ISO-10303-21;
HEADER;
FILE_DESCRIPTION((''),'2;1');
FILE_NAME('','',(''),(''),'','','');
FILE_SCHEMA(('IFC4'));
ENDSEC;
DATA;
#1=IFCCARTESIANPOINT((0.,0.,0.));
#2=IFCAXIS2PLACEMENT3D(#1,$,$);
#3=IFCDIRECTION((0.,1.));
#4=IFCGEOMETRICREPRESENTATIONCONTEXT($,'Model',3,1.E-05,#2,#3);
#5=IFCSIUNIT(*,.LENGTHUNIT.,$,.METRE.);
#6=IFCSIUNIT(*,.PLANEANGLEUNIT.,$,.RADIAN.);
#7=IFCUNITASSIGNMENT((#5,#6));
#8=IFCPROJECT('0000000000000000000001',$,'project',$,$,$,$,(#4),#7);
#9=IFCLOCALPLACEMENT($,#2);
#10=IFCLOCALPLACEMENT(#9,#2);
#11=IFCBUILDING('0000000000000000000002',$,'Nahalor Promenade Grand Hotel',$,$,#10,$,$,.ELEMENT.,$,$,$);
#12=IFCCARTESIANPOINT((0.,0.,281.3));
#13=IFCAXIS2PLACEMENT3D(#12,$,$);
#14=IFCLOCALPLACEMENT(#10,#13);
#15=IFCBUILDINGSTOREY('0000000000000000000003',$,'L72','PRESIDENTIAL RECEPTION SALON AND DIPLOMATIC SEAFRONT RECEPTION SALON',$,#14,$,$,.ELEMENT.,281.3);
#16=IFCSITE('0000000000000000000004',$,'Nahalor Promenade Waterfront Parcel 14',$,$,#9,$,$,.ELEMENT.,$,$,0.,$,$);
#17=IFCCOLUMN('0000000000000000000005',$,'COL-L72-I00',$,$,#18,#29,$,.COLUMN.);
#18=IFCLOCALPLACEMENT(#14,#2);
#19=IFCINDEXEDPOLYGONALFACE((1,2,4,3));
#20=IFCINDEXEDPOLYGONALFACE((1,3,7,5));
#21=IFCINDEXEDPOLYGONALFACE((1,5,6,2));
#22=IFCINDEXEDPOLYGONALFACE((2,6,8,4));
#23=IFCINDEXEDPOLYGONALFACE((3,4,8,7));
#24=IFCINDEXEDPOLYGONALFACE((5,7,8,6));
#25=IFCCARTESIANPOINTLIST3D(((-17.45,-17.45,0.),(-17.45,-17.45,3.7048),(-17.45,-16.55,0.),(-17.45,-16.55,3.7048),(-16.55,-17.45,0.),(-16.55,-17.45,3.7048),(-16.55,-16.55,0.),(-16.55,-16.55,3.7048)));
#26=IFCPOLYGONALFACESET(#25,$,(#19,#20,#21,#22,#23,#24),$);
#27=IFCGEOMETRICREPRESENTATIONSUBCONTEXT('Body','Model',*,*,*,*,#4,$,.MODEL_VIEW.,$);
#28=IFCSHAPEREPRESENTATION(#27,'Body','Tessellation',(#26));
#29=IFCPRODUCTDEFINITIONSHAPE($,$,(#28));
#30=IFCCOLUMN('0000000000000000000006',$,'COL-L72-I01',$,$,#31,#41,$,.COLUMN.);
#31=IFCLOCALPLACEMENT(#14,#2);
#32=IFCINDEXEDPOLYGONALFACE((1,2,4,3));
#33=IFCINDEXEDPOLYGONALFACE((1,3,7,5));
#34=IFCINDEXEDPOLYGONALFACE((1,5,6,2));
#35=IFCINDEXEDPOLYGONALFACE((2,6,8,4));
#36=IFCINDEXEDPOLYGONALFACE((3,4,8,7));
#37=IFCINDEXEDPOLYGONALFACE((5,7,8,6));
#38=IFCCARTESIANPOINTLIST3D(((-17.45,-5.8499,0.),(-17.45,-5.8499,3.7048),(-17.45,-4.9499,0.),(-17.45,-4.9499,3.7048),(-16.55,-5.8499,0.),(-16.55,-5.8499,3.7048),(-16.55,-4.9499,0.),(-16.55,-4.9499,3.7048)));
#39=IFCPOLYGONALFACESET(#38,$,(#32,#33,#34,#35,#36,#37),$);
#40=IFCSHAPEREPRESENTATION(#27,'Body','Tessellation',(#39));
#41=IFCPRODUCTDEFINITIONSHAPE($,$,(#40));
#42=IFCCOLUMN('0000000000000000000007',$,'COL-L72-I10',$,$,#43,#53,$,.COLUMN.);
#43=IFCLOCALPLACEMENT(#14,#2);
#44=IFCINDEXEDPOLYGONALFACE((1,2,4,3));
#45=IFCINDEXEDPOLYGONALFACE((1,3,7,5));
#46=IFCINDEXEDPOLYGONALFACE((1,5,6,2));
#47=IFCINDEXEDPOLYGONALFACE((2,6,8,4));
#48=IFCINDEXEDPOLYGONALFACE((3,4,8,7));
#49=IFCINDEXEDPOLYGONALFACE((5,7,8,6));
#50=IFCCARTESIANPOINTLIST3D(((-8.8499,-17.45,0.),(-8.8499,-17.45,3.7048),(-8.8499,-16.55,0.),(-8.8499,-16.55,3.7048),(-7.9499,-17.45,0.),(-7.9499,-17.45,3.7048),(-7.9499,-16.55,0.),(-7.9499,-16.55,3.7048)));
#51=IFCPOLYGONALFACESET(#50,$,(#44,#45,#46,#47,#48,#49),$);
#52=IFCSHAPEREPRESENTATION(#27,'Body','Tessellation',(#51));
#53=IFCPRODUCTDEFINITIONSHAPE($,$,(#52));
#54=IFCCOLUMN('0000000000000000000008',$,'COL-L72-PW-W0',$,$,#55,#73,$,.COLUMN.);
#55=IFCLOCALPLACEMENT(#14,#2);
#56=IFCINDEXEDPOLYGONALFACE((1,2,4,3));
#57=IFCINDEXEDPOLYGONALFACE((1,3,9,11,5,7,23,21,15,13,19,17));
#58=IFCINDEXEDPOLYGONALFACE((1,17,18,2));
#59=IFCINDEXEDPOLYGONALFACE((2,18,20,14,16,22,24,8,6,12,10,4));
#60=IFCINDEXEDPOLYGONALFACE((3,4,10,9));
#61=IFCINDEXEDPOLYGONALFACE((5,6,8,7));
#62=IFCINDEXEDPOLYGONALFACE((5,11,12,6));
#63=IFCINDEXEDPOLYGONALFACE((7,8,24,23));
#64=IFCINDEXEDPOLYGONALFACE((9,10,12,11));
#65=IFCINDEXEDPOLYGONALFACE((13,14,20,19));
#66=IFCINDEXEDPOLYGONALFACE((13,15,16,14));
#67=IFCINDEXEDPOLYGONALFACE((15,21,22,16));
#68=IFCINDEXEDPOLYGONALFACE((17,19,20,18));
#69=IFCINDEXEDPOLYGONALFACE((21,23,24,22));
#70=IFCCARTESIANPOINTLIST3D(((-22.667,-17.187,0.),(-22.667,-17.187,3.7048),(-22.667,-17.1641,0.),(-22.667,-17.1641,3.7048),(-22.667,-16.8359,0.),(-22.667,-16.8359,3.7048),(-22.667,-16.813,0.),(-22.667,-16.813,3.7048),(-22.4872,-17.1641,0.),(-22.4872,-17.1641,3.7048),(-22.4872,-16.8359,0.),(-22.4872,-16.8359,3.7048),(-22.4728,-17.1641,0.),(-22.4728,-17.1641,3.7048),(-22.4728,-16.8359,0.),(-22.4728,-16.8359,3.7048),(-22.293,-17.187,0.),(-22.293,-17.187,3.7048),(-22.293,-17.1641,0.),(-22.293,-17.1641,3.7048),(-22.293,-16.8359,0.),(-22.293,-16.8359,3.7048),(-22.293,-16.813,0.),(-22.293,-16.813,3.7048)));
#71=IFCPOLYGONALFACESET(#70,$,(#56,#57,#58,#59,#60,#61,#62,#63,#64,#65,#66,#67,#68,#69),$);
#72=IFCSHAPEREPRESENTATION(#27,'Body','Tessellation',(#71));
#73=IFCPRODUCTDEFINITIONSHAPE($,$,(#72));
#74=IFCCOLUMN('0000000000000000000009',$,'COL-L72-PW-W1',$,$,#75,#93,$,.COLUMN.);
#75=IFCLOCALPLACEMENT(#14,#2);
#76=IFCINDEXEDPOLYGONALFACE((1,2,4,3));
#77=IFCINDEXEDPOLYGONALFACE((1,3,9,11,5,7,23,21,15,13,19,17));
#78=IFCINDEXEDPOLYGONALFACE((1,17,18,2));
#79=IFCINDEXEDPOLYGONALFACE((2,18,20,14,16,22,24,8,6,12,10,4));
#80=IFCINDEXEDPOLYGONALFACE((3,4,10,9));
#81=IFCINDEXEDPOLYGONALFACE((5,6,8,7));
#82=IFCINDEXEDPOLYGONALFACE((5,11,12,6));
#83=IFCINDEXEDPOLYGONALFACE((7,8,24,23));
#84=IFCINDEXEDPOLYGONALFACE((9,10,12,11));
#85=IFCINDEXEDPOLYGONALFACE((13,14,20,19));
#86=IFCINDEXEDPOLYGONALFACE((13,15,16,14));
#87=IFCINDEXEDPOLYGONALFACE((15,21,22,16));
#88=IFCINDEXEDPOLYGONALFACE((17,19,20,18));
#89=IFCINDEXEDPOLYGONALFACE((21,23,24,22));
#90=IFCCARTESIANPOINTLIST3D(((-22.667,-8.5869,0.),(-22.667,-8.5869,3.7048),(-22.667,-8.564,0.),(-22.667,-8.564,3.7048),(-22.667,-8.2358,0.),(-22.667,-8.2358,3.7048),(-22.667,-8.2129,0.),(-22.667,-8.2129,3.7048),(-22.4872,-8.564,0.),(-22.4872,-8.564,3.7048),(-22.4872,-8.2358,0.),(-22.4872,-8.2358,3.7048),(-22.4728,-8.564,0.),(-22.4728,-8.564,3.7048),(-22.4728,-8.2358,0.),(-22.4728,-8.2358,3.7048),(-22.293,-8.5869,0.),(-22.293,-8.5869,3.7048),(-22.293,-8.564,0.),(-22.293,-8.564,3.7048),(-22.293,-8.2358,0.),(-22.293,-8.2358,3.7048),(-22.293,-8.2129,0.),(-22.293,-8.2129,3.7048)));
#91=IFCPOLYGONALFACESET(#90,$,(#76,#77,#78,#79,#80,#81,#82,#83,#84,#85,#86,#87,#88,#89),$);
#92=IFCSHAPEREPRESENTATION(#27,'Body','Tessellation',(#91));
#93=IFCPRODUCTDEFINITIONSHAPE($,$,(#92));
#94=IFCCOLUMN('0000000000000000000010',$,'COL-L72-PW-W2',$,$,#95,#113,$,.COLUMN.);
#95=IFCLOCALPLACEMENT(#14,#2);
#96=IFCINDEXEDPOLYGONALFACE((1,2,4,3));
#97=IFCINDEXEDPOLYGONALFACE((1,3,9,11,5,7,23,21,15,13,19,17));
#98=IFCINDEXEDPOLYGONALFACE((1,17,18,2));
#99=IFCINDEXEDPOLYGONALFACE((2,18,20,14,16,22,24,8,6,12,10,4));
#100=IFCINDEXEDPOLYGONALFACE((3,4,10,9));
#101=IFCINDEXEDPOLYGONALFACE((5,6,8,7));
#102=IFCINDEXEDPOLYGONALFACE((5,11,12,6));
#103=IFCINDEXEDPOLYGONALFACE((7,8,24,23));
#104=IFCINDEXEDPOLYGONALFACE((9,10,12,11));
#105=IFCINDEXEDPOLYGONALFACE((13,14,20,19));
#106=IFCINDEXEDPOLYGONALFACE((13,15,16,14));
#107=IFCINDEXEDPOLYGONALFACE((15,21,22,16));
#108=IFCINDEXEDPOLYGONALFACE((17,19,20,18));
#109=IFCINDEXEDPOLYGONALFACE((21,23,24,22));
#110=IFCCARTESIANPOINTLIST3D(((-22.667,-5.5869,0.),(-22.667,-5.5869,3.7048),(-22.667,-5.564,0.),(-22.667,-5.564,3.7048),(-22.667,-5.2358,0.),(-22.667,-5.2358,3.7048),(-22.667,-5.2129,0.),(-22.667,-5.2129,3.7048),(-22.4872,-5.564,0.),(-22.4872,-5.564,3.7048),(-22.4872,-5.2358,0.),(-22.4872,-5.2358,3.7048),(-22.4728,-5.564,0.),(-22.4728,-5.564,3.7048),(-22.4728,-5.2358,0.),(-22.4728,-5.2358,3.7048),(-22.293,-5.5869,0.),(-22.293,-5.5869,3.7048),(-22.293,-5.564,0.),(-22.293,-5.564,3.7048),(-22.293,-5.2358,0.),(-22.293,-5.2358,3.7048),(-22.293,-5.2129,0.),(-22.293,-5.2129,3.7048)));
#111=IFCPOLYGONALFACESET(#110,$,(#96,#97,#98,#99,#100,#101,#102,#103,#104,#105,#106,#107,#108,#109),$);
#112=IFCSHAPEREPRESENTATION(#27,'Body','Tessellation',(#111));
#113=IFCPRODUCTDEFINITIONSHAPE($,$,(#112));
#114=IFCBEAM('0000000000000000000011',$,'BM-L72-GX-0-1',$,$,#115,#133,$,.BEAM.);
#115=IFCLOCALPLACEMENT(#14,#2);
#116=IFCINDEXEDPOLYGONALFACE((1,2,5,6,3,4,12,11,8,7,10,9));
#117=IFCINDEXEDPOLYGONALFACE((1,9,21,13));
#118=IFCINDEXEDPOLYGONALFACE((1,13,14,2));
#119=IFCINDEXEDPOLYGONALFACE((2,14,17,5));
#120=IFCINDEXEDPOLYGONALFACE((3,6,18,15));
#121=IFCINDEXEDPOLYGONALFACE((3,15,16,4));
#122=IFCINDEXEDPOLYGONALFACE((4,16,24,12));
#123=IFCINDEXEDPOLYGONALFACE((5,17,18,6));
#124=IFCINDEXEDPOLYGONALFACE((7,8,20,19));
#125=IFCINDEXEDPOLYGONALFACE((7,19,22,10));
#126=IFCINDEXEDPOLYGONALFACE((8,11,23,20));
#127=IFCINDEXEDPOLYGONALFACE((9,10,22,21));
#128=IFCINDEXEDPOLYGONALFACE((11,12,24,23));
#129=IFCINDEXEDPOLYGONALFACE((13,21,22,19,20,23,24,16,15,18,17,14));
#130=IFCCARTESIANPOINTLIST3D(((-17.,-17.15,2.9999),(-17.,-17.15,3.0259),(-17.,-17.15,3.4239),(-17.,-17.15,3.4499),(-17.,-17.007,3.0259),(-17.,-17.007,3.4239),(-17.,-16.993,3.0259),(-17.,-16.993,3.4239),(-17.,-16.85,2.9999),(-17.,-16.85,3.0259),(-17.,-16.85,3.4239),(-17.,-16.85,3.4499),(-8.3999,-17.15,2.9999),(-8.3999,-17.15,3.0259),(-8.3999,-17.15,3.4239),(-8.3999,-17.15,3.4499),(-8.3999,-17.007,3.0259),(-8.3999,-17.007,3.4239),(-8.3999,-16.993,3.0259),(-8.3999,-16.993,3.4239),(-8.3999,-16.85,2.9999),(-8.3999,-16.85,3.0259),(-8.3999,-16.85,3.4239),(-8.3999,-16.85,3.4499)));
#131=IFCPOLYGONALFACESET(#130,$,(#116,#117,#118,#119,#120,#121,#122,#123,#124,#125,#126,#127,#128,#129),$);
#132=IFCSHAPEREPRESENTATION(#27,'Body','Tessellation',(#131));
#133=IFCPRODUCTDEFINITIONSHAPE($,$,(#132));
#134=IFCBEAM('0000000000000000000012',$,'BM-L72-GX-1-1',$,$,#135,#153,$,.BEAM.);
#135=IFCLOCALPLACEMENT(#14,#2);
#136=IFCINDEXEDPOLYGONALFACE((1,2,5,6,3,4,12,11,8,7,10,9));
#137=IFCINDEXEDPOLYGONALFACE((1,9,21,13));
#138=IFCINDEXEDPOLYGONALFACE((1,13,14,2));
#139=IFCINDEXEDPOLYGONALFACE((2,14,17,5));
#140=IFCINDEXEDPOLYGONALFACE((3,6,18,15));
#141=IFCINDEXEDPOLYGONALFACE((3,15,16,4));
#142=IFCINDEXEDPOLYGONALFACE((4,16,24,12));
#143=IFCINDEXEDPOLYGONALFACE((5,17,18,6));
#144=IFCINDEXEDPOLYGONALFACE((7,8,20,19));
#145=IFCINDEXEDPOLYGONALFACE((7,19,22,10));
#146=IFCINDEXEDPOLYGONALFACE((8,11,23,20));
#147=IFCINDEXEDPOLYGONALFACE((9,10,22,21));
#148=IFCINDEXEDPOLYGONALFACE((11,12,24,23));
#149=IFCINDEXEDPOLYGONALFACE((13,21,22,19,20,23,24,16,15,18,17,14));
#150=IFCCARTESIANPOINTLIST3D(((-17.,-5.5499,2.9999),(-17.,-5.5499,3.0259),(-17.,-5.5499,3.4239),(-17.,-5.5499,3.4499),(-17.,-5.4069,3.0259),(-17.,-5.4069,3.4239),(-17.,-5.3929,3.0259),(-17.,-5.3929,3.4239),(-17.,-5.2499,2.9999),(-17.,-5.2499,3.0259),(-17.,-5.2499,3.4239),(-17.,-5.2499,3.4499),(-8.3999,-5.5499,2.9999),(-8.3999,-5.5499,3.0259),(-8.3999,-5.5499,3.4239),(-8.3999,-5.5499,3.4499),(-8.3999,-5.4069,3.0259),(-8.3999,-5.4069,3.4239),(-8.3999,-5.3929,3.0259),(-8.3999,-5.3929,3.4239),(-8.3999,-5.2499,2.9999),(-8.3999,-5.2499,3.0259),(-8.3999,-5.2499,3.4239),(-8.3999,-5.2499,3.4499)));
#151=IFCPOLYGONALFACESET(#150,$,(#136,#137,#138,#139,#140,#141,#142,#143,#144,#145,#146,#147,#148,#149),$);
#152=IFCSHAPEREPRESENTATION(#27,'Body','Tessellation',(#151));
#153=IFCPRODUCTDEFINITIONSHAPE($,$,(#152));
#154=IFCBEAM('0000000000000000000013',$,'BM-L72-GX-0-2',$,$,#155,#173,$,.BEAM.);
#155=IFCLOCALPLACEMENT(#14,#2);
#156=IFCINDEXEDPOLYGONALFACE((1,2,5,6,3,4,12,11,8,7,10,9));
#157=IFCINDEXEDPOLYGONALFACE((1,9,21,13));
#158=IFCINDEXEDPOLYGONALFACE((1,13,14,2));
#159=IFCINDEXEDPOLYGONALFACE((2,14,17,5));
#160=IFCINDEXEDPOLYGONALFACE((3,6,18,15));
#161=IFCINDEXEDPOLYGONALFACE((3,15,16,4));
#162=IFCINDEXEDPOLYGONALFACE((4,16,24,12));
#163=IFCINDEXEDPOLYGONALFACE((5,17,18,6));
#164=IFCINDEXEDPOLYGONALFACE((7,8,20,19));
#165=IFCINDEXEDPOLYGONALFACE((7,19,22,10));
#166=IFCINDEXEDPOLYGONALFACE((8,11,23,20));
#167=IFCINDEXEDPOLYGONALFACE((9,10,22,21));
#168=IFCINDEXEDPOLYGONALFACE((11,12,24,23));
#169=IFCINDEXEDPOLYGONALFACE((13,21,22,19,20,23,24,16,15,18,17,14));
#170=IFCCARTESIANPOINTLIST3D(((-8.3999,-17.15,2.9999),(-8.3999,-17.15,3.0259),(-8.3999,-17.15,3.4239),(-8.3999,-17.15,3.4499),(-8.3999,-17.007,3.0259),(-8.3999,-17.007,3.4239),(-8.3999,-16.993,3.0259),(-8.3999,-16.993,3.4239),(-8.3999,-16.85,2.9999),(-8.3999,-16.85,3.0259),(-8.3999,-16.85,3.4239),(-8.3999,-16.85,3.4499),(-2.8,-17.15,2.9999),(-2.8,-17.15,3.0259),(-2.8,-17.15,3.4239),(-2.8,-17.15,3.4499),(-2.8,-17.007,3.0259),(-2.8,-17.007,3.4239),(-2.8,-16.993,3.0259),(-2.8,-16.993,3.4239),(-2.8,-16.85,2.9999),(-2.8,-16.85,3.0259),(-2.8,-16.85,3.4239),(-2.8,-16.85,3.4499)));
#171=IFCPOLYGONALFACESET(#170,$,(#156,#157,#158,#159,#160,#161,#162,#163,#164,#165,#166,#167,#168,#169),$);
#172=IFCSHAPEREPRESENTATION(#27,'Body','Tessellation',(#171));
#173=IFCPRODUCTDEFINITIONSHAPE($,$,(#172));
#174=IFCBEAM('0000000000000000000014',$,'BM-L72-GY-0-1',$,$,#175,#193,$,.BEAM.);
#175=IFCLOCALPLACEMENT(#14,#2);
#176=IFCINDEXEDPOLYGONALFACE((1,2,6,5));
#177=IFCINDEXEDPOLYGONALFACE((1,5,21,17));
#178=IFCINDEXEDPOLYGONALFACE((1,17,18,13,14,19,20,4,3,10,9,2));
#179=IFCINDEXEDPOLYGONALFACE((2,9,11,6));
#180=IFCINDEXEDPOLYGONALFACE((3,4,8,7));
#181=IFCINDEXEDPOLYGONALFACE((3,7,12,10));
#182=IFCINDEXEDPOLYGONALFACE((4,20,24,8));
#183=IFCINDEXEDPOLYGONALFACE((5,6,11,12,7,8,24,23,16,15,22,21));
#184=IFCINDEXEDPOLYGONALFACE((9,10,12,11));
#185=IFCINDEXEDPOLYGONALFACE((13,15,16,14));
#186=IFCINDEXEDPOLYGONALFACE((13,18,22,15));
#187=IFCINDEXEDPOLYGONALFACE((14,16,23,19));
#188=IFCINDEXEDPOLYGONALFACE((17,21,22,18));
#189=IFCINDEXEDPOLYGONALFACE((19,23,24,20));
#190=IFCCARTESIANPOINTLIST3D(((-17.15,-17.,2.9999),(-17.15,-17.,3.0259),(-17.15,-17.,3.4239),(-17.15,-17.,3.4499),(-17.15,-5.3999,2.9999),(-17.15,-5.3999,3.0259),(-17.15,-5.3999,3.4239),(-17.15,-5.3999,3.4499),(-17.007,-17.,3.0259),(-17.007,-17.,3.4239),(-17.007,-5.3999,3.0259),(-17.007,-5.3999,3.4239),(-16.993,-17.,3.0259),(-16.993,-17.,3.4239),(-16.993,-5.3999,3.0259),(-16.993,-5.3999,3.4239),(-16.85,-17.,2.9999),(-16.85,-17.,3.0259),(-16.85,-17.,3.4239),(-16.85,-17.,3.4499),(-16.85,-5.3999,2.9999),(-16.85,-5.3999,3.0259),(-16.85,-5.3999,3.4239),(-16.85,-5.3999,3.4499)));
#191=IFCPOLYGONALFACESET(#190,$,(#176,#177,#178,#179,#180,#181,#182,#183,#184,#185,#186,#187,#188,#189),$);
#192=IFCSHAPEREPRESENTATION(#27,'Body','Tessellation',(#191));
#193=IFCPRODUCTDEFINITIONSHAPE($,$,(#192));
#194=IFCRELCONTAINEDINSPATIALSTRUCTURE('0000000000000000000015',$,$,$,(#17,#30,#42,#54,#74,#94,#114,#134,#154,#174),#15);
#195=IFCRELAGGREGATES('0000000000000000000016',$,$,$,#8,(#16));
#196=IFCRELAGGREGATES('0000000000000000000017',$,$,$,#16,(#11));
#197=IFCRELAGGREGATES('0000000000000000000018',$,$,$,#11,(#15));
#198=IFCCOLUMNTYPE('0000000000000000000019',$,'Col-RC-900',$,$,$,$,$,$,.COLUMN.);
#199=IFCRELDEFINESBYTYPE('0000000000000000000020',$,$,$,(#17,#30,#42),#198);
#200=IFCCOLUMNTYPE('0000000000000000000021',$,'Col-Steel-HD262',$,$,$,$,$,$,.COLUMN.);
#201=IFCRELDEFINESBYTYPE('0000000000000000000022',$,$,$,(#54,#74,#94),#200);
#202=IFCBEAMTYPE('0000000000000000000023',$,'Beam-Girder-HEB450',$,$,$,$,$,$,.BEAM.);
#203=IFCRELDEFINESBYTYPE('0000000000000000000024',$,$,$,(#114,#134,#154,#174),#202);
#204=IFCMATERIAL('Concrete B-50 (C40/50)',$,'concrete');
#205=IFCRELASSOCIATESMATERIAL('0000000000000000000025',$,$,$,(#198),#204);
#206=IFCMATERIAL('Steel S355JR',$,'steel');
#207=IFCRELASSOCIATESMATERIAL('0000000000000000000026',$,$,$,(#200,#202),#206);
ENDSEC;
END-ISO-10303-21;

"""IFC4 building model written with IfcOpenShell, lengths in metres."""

from ifc_helpers import new_model, si_unit, direction, frame, origin, origin_2d, place, context, subcontext, project, spatial, rectangle, i_section, extrude, source, transform, mapped, material, material_profile, profile_set, type_object, element, save


model = new_model("IFC4")

# Units and contexts
model_context = context("Model", 3, precision=1e-05, world=origin(), true_north=direction((0.0, 1.0)))
body_context = subcontext(model_context, "Body", "Model", "MODEL_VIEW")
ifc_project = project(units=[si_unit("LENGTHUNIT", "METRE"), si_unit("PLANEANGLEUNIT", "RADIAN")], contexts=[model_context])

# Site, building, storey
site_placement = place(None, origin())
site = spatial("IfcSite", under=ifc_project, at=site_placement, Name="Nahalor Promenade Waterfront Parcel 14", CompositionType="ELEMENT", RefElevation=0.0)
building_placement = place(site_placement, origin())
building = spatial("IfcBuilding", under=site, at=building_placement, Name="Nahalor Promenade Grand Hotel", CompositionType="ELEMENT")
storey_placement = place(building_placement, frame((0.0, 0.0, 281.3)))
storey = spatial("IfcBuildingStorey", under=building, at=storey_placement, Name="L72", Description="PRESIDENTIAL RECEPTION SALON AND DIPLOMATIC SEAFRONT RECEPTION SALON", CompositionType="ELEMENT", Elevation=281.3)

# Columns
ifc_material_1 = material(Name="Concrete B-50 (C40/50)", Category="concrete")
ifc_material_profile_1 = material_profile(ifc_material_1, rectangle(XDim=0.9, YDim=0.9, at=origin_2d()), Name="RC 900x900")
ifc_profile_set_1 = profile_set([ifc_material_profile_1], Name="Concrete B-50 (C40/50)")
column_type_1 = type_object("IfcColumnType", Name="Col-RC-900", PredefinedType="COLUMN", material=ifc_profile_set_1)
shared_shape_1 = source(origin(), body_context, "Body", "SweptSolid", [
    extrude(rectangle(XDim=0.9, YDim=0.9, at=origin_2d()), origin(), (0.0, 0.0, 1.0), 3.7048),
])
for number, where, z_axis, x_axis, name in (
    (1, (-17.0, -17.0, 0.0), (0.0, 0.0, 1.0), (1.0, 0.0, 0.0), "COL-L72-I00"),
    (2, (-17.0, -5.3999, 0.0), (0.0, 0.0, 1.0), (1.0, 0.0, 0.0), "COL-L72-I01"),
    (3, (-8.3999, -17.0, 0.0), (0.0, 0.0, 1.0), (1.0, 0.0, 0.0), "COL-L72-I10"),
):
    element("IfcColumn", number, at=place(storey_placement, frame(where, z_axis=z_axis, x_axis=x_axis)), inside=storey, type_object=column_type_1, Name=name, PredefinedType="COLUMN", context=body_context, shape_type="MappedRepresentation", body=[
        mapped(shared_shape_1, transform((0.0, 0.0, 0.0), scale=1.0)),
    ])
ifc_material_2 = material(Name="Steel S355JR", Category="steel")
ifc_material_profile_2 = material_profile(ifc_material_2, i_section(OverallWidth=0.374, OverallDepth=0.374, WebThickness=0.0144, FlangeThickness=0.0229, at=origin_2d()), Name="HD 360x262")
ifc_profile_set_2 = profile_set([ifc_material_profile_2], Name="Steel S355JR")
column_type_2 = type_object("IfcColumnType", Name="Col-Steel-HD262", PredefinedType="COLUMN", material=ifc_profile_set_2)
shared_shape_2 = source(origin(), body_context, "Body", "SweptSolid", [
    extrude(i_section(OverallWidth=0.374, OverallDepth=0.374, WebThickness=0.0144, FlangeThickness=0.0229, at=origin_2d()), origin(), (0.0, 0.0, 1.0), 3.7048),
])
for number, where, z_axis, x_axis, name in (
    (4, (-22.48, -17.0, 0.0), (0.0, 0.0, 1.0), (1.0, 0.0, 0.0), "COL-L72-PW-W0"),
    (5, (-22.48, -8.3999, 0.0), (0.0, 0.0, 1.0), (1.0, 0.0, 0.0), "COL-L72-PW-W1"),
    (6, (-22.48, -5.3999, 0.0), (0.0, 0.0, 1.0), (1.0, 0.0, 0.0), "COL-L72-PW-W2"),
):
    element("IfcColumn", number, at=place(storey_placement, frame(where, z_axis=z_axis, x_axis=x_axis)), inside=storey, type_object=column_type_2, Name=name, PredefinedType="COLUMN", context=body_context, shape_type="MappedRepresentation", body=[
        mapped(shared_shape_2, transform((0.0, 0.0, 0.0), scale=1.0)),
    ])

# Beams
ifc_material_profile_3 = material_profile(ifc_material_2, i_section(OverallWidth=0.3, OverallDepth=0.45, WebThickness=0.014, FlangeThickness=0.026, at=origin_2d()), Name="HEB 450")
ifc_profile_set_3 = profile_set([ifc_material_profile_3], Name="Steel S355JR")
beam_type_1 = type_object("IfcBeamType", Name="Beam-Girder-HEB450", PredefinedType="BEAM", material=ifc_profile_set_3)
shared_shape_3 = source(origin(), body_context, "Body", "SweptSolid", [
    extrude(i_section(OverallWidth=0.3, OverallDepth=0.45, WebThickness=0.014, FlangeThickness=0.026, at=origin_2d()), origin(), (0.0, 0.0, 1.0), 8.6001),
])
for number, where, z_axis, x_axis, name in (
    (7, (-17.0, -17.0, 3.2249), (1.0, 0.0, 0.0), (0.0, 1.0, 0.0), "BM-L72-GX-0-1"),
    (8, (-17.0, -5.3999, 3.2249), (1.0, 0.0, 0.0), (0.0, 1.0, 0.0), "BM-L72-GX-1-1"),
):
    element("IfcBeam", number, at=place(storey_placement, frame(where, z_axis=z_axis, x_axis=x_axis)), inside=storey, type_object=beam_type_1, Name=name, PredefinedType="BEAM", context=body_context, shape_type="MappedRepresentation", body=[
        mapped(shared_shape_3, transform((0.0, 0.0, 0.0), scale=1.0)),
    ])
shared_shape_4 = source(origin(), body_context, "Body", "SweptSolid", [
    extrude(i_section(OverallWidth=0.3, OverallDepth=0.45, WebThickness=0.014, FlangeThickness=0.026, at=origin_2d()), origin(), (0.0, 0.0, 1.0), 5.5999),
])
beam_1_placement = place(storey_placement, frame((-8.3999, -17.0, 3.2249), z_axis=(1.0, 0.0, 0.0), x_axis=(0.0, 1.0, 0.0)))
element("IfcBeam", 9, at=beam_1_placement, inside=storey, type_object=beam_type_1, Name="BM-L72-GX-0-2", PredefinedType="BEAM", context=body_context, shape_type="MappedRepresentation", body=[
    mapped(shared_shape_4, transform((0.0, 0.0, 0.0), scale=1.0)),
])
shared_shape_5 = source(origin(), body_context, "Body", "SweptSolid", [
    extrude(i_section(OverallWidth=0.3, OverallDepth=0.45, WebThickness=0.014, FlangeThickness=0.026, at=origin_2d()), origin(), (0.0, 0.0, 1.0), 11.6001),
])
for number, where, z_axis, x_axis, name in (
    (10, (-17.0, -17.0, 3.2249), (0.0, 1.0, 0.0), (-1.0, 0.0, 0.0), "BM-L72-GY-0-1"),
):
    element("IfcBeam", number, at=place(storey_placement, frame(where, z_axis=z_axis, x_axis=x_axis)), inside=storey, type_object=beam_type_1, Name=name, PredefinedType="BEAM", context=body_context, shape_type="MappedRepresentation", body=[
        mapped(shared_shape_5, transform((0.0, 0.0, 0.0), scale=1.0)),
    ])

save(model, "model.ifc")
